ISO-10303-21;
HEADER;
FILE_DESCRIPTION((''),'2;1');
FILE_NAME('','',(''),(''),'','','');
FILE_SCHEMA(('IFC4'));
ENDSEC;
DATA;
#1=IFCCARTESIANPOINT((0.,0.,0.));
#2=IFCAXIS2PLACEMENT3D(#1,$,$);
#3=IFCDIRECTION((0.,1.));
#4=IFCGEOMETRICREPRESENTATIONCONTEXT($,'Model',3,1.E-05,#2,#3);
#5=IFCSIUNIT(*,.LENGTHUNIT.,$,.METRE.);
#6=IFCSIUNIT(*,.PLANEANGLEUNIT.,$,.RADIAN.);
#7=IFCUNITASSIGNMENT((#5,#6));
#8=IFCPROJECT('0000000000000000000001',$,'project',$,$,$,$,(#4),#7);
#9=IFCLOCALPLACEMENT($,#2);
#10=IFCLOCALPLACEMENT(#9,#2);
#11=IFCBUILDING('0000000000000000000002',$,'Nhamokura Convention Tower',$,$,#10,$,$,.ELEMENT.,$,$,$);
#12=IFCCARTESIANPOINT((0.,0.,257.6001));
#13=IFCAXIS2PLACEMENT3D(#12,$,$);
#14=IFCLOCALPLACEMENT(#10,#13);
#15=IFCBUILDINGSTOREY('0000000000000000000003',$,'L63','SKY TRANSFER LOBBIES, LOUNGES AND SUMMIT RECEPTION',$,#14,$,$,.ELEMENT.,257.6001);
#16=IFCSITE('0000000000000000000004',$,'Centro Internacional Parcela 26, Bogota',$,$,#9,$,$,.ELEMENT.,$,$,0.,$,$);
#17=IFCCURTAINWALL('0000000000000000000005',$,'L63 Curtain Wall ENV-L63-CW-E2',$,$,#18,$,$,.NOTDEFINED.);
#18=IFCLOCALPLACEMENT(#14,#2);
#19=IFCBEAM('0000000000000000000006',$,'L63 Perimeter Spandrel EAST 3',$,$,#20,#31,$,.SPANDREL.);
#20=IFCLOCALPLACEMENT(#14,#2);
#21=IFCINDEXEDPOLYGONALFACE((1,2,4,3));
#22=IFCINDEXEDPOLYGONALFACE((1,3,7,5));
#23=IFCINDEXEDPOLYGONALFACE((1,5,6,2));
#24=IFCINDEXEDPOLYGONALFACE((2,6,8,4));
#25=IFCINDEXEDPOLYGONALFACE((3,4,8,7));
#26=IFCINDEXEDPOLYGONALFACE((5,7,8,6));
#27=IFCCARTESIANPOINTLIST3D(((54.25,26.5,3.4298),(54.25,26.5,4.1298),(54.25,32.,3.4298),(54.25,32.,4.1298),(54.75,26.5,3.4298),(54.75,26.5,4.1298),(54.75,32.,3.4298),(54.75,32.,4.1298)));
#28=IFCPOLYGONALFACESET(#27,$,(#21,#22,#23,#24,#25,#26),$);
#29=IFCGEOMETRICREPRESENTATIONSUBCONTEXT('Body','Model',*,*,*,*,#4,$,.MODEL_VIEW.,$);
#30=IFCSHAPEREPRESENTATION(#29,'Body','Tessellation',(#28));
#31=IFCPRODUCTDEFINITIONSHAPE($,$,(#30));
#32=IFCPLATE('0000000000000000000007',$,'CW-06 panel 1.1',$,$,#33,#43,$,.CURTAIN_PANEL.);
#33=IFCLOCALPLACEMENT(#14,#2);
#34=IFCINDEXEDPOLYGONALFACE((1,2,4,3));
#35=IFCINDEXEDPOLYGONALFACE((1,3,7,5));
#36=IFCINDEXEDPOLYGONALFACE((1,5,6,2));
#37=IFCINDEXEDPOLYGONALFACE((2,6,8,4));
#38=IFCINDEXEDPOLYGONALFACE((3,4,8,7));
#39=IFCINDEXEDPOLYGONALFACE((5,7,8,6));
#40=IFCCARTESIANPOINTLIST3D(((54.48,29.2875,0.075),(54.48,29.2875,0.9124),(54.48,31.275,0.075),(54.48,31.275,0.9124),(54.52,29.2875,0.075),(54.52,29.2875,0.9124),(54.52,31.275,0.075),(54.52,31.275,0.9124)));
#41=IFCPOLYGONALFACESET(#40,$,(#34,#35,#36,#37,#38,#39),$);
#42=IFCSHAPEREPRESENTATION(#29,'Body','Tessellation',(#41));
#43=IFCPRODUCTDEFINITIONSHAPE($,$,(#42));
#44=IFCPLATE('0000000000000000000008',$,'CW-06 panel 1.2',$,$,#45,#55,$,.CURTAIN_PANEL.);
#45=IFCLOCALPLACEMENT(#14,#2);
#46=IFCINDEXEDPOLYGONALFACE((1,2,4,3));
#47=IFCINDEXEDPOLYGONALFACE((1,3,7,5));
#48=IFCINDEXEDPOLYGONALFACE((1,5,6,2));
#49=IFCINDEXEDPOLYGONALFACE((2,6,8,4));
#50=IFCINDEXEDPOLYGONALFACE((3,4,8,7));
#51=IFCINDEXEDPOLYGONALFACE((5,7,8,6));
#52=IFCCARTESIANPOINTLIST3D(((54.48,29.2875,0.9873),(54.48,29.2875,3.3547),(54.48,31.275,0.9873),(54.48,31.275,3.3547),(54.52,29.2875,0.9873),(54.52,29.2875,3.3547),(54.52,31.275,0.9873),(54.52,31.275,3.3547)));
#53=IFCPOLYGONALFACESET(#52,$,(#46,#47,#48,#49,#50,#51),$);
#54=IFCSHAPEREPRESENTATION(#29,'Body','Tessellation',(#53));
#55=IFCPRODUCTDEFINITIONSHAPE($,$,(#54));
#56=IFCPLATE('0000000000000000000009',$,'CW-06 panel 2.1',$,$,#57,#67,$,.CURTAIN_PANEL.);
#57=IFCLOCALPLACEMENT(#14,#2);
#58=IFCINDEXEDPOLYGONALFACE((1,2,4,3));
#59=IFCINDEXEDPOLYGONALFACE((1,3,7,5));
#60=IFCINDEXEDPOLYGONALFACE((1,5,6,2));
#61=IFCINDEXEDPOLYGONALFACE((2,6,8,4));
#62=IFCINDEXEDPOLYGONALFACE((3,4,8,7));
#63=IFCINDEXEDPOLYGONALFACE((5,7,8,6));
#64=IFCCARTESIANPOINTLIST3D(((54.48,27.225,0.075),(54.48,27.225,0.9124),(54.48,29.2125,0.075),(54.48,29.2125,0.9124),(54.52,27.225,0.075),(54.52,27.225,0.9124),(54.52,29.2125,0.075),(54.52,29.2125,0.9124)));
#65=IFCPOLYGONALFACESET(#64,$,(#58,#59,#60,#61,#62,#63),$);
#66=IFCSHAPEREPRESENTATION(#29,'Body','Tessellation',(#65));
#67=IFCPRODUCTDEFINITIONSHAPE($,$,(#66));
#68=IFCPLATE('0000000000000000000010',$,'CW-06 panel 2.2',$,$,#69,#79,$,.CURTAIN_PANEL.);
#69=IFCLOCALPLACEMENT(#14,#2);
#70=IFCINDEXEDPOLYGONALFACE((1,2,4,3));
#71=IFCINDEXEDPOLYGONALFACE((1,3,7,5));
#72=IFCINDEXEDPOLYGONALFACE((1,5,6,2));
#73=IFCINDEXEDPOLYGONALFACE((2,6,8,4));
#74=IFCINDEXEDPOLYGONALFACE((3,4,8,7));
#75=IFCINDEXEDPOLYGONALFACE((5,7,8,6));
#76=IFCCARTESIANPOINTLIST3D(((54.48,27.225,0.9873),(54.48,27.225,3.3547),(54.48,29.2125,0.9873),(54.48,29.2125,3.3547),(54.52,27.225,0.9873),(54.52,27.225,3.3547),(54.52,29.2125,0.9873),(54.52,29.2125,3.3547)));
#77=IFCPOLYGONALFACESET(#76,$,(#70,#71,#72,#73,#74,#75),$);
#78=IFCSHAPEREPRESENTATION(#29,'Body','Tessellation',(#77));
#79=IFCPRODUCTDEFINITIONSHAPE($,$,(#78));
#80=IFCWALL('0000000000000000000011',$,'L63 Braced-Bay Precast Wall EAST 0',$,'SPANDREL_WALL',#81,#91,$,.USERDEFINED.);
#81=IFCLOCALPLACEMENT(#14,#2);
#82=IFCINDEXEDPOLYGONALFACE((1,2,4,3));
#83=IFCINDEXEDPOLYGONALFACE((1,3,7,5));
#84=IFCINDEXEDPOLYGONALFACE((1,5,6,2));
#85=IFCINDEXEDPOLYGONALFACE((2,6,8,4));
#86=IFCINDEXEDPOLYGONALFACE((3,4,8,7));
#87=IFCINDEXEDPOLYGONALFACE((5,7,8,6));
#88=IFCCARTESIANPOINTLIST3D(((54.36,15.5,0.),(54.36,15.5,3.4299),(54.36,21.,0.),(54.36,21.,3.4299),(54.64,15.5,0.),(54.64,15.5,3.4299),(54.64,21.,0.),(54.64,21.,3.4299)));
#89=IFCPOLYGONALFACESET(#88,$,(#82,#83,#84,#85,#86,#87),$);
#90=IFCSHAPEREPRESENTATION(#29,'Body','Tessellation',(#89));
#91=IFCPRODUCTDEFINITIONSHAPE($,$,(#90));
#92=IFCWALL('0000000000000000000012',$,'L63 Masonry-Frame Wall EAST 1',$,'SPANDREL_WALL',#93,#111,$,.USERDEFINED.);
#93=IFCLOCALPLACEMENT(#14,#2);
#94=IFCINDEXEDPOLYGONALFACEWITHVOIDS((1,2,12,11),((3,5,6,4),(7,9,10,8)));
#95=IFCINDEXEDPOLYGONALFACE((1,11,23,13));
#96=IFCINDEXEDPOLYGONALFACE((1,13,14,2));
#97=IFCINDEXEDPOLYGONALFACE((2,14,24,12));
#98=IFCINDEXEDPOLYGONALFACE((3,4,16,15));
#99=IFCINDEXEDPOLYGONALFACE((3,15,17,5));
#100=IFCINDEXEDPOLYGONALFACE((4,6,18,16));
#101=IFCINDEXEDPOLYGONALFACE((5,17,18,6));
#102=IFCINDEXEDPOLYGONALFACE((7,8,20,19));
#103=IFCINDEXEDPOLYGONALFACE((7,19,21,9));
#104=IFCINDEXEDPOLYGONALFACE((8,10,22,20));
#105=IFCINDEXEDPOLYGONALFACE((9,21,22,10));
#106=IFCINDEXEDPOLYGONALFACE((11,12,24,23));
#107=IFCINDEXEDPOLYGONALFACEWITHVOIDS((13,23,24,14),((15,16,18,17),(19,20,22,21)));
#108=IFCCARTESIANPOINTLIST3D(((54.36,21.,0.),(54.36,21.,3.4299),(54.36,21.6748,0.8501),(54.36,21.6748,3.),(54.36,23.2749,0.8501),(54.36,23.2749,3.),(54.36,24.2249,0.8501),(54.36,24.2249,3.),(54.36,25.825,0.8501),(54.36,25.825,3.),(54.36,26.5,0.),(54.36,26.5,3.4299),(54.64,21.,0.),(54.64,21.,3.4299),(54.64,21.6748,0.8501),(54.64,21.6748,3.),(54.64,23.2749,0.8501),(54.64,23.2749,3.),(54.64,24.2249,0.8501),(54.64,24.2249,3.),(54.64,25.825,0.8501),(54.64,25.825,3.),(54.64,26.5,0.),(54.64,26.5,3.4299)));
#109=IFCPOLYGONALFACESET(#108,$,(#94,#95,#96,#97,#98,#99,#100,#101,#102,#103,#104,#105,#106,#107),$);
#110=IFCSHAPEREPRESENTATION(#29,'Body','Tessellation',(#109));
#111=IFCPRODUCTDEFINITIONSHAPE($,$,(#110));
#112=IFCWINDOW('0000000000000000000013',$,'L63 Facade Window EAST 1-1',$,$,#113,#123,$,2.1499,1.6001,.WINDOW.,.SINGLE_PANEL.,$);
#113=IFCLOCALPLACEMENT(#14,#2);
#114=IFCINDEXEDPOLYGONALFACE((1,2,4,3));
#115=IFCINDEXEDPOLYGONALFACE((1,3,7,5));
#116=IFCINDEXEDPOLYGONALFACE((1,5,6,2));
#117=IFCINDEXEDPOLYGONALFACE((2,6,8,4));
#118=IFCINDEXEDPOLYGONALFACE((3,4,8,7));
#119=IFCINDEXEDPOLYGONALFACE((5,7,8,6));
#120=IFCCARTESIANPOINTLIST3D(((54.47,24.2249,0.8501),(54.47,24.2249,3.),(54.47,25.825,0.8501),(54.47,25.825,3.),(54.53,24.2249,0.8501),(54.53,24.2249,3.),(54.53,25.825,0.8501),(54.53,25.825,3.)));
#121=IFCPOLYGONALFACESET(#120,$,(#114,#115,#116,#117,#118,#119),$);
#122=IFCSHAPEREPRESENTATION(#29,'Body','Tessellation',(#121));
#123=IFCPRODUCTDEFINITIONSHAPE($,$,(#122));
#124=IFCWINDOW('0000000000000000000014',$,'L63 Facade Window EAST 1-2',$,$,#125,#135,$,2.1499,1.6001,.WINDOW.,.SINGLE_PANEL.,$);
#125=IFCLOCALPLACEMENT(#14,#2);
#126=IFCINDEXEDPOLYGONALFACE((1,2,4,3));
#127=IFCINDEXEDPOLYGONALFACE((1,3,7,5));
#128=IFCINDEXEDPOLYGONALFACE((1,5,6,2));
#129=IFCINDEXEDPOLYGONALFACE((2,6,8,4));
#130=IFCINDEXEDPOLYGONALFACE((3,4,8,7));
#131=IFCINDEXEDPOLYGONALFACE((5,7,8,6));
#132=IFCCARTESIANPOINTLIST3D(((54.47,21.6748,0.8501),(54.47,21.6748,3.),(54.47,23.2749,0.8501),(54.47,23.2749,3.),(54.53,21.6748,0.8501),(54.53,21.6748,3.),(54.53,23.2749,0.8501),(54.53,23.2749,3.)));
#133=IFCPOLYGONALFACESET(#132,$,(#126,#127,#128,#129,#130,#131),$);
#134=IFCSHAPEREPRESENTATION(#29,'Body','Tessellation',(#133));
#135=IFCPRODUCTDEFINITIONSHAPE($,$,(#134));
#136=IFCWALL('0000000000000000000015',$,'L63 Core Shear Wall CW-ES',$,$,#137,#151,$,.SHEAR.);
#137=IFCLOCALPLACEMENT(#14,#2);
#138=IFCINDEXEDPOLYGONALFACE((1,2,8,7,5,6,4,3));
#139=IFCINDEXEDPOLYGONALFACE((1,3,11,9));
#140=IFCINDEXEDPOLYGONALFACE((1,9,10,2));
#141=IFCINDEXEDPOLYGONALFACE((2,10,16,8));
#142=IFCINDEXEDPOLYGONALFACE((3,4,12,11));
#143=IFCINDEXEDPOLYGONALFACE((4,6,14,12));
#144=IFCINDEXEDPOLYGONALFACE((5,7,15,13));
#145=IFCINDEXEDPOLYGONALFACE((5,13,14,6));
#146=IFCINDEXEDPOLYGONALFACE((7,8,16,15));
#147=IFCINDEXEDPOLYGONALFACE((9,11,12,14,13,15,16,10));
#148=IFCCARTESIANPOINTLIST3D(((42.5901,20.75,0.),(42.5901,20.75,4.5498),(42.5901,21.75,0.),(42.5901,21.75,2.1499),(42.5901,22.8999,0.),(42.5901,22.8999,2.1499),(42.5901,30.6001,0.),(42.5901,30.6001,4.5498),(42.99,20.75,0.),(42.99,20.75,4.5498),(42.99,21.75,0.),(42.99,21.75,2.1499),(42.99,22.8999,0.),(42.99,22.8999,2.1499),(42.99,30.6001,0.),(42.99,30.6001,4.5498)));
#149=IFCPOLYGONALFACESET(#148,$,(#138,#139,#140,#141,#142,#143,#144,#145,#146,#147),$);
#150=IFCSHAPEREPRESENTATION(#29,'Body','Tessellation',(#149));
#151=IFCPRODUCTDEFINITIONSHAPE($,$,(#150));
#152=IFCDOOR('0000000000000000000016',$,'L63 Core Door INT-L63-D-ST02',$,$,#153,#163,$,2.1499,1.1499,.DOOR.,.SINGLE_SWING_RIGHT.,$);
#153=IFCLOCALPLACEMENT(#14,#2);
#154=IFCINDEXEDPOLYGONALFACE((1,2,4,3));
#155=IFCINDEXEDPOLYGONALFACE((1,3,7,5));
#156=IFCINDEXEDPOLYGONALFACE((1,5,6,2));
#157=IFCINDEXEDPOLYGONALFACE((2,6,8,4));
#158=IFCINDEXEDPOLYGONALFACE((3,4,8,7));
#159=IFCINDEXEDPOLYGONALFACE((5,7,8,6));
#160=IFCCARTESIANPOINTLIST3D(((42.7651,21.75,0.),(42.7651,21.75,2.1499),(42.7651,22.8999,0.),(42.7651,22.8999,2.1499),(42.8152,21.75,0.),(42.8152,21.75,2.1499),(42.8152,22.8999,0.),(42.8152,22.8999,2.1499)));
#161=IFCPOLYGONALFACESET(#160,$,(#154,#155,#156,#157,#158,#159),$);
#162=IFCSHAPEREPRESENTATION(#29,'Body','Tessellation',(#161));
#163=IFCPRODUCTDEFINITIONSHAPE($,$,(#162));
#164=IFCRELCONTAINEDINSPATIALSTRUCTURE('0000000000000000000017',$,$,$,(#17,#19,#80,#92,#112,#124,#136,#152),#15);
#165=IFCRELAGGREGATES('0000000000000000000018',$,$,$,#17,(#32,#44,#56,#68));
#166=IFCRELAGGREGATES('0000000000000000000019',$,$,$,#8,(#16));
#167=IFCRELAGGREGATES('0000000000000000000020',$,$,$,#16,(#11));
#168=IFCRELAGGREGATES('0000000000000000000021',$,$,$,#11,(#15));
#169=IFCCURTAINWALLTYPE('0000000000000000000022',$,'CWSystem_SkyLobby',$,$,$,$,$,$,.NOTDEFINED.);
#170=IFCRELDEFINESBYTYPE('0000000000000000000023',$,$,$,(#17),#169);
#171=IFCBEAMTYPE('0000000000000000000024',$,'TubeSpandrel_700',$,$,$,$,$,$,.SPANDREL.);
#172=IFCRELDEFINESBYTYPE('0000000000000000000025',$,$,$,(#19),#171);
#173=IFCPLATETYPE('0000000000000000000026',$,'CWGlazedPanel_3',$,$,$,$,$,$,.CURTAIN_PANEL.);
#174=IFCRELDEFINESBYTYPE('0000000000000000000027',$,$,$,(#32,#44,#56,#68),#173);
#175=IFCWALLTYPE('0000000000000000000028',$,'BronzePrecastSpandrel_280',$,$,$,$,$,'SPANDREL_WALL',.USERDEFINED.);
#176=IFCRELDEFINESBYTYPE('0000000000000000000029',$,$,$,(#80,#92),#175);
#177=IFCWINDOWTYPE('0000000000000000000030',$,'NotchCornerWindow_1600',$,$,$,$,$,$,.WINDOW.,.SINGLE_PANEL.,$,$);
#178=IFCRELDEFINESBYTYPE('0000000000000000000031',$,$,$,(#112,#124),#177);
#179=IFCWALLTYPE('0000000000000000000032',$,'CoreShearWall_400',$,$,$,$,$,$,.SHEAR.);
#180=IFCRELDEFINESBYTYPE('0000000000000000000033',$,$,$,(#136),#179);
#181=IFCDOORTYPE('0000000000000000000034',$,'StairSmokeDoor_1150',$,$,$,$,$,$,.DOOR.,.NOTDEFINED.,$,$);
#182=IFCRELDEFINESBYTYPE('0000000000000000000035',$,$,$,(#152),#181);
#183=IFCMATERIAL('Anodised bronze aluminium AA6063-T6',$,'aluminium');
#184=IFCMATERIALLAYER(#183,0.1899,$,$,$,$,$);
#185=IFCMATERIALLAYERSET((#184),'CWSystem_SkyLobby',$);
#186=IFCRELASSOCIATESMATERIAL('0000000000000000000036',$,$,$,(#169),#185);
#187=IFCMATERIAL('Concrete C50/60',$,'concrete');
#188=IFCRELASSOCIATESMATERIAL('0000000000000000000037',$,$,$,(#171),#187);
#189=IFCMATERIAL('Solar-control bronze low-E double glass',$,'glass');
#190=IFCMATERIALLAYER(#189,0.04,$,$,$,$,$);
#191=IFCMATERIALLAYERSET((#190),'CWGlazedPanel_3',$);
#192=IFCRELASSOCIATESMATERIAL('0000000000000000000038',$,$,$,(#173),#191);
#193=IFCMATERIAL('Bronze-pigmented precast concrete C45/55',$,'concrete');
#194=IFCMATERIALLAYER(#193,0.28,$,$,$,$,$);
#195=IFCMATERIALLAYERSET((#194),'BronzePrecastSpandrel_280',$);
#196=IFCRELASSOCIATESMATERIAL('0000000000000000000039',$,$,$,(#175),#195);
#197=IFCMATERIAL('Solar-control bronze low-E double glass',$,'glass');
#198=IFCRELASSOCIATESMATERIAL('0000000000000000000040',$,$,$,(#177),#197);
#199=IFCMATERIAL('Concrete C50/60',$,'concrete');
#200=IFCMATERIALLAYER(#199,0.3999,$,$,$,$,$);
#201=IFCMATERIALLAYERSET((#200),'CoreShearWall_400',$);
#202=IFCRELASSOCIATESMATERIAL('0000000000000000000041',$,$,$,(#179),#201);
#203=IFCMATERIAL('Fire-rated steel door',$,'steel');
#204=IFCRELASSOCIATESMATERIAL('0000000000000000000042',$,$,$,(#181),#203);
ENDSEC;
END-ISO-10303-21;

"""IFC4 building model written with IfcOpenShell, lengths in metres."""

from ifc_helpers import new_model, si_unit, direction, frame, frame_2d, origin, origin_2d, place, context, subcontext, project, spatial, rectangle, extrude, material, layer, layer_set, material_profile, profile_set, type_object, element, fill, aggregate, save


model = new_model("IFC4")

# Units and contexts
model_context = context("Model", 3, precision=1e-05, world=origin(), true_north=direction((0.0, 1.0)))
body_context = subcontext(model_context, "Body", "Model", "MODEL_VIEW")
ifc_project = project(units=[si_unit("LENGTHUNIT", "METRE"), si_unit("PLANEANGLEUNIT", "RADIAN")], contexts=[model_context])

# Site, building, storey
site_placement = place(None, origin())
site = spatial("IfcSite", under=ifc_project, at=site_placement, Name="Centro Internacional Parcela 26, Bogota", CompositionType="ELEMENT", RefElevation=0.0)
building_placement = place(site_placement, origin())
building = spatial("IfcBuilding", under=site, at=building_placement, Name="Nhamokura Convention Tower", CompositionType="ELEMENT")
storey_placement = place(building_placement, frame((0.0, 0.0, 257.6001)))
storey = spatial("IfcBuildingStorey", under=building, at=storey_placement, Name="L63", Description="SKY TRANSFER LOBBIES, LOUNGES AND SUMMIT RECEPTION", CompositionType="ELEMENT", Elevation=257.6001)

# Curtain wall
ifc_material_1 = material(Name="Anodised bronze aluminium AA6063-T6", Category="aluminium")
ifc_layer_1 = layer(ifc_material_1, 0.1899)
ifc_layer_set_1 = layer_set([ifc_layer_1], Name="CWSystem_SkyLobby")
curtain_wall_type = type_object("IfcCurtainWallType", Name="CWSystem_SkyLobby", PredefinedType="NOTDEFINED", material=ifc_layer_set_1)
curtain_wall_placement = place(storey_placement, origin())
curtain_wall = element("IfcCurtainWall", 1, at=curtain_wall_placement, inside=storey, type_object=curtain_wall_type, Name="L63 Curtain Wall ENV-L63-CW-E2", PredefinedType="NOTDEFINED")

# Beam
ifc_material_2 = material(Name="Concrete C50/60", Category="concrete")
ifc_material_profile_1 = material_profile(ifc_material_2, rectangle(XDim=0.5, YDim=0.7, at=origin_2d()))
ifc_profile_set_1 = profile_set([ifc_material_profile_1], Name="Concrete C50/60")
beam_type_1 = type_object("IfcBeamType", Name="TubeSpandrel_700", PredefinedType="SPANDREL", material=ifc_profile_set_1)
for number, where, z_axis, x_axis, name in (
    (2, (54.5, 26.5, 3.7798), (0.0, 1.0, 0.0), (-1.0, 0.0, 0.0), "L63 Perimeter Spandrel EAST 3"),
):
    element("IfcBeam", number, at=place(storey_placement, frame(where, z_axis=z_axis, x_axis=x_axis)), inside=storey, type_object=beam_type_1, Name=name, PredefinedType="SPANDREL", context=body_context, shape_type="SweptSolid", body=[
        extrude(rectangle(XDim=0.5, YDim=0.7, at=origin_2d()), origin(), (0.0, 0.0, 1.0), 5.5),
    ])

# Plates
ifc_material_3 = material(Name="Solar-control bronze low-E double glass", Category="glass")
ifc_layer_2 = layer(ifc_material_3, 0.04)
ifc_layer_set_2 = layer_set([ifc_layer_2], Name="CWGlazedPanel_3")
plate_type = type_object("IfcPlateType", Name="CWGlazedPanel_3", PredefinedType="CURTAIN_PANEL", material=ifc_layer_set_2)
plate_1_placement = place(storey_placement, frame((54.5, 30.2812, 0.075), z_axis=(0.0, 0.0, 1.0), x_axis=(0.0, -1.0, 0.0)))
plate_1 = element("IfcPlate", 3, at=plate_1_placement, type_object=plate_type, Name="CW-06 panel 1.1", PredefinedType="CURTAIN_PANEL", context=body_context, shape_type="SweptSolid", body=[
    extrude(rectangle(XDim=1.9875, YDim=0.04, at=origin_2d()), origin(), (0.0, 0.0, 1.0), 0.8374),
])
plate_2_placement = place(storey_placement, frame((54.5, 30.2812, 0.9873), z_axis=(0.0, 0.0, 1.0), x_axis=(0.0, -1.0, 0.0)))
plate_2 = element("IfcPlate", 4, at=plate_2_placement, type_object=plate_type, Name="CW-06 panel 1.2", PredefinedType="CURTAIN_PANEL", context=body_context, shape_type="SweptSolid", body=[
    extrude(rectangle(XDim=1.9875, YDim=0.04, at=origin_2d()), origin(), (0.0, 0.0, 1.0), 2.3674),
])
plate_3_placement = place(storey_placement, frame((54.5, 28.2188, 0.075), z_axis=(0.0, 0.0, 1.0), x_axis=(0.0, -1.0, 0.0)))
plate_3 = element("IfcPlate", 5, at=plate_3_placement, type_object=plate_type, Name="CW-06 panel 2.1", PredefinedType="CURTAIN_PANEL", context=body_context, shape_type="SweptSolid", body=[
    extrude(rectangle(XDim=1.9875, YDim=0.04, at=origin_2d()), origin(), (0.0, 0.0, 1.0), 0.8374),
])
plate_4_placement = place(storey_placement, frame((54.5, 28.2188, 0.9873), z_axis=(0.0, 0.0, 1.0), x_axis=(0.0, -1.0, 0.0)))
plate_4 = element("IfcPlate", 6, at=plate_4_placement, type_object=plate_type, Name="CW-06 panel 2.2", PredefinedType="CURTAIN_PANEL", context=body_context, shape_type="SweptSolid", body=[
    extrude(rectangle(XDim=1.9875, YDim=0.04, at=origin_2d()), origin(), (0.0, 0.0, 1.0), 2.3674),
])
aggregate(curtain_wall, [plate_1, plate_2, plate_3, plate_4])

# Wall
ifc_material_4 = material(Name="Bronze-pigmented precast concrete C45/55", Category="concrete")
ifc_layer_3 = layer(ifc_material_4, 0.28)
ifc_layer_set_3 = layer_set([ifc_layer_3], Name="BronzePrecastSpandrel_280")
wall_type_1 = type_object("IfcWallType", Name="BronzePrecastSpandrel_280", ElementType="SPANDREL_WALL", PredefinedType="USERDEFINED", material=ifc_layer_set_3)
wall_1_placement = place(storey_placement, frame((54.5, 21.0, 0.0), z_axis=(0.0, 0.0, 1.0), x_axis=(0.0, -1.0, 0.0)))
element("IfcWall", 7, at=wall_1_placement, inside=storey, type_object=wall_type_1, Name="L63 Braced-Bay Precast Wall EAST 0", ObjectType="SPANDREL_WALL", PredefinedType="USERDEFINED", context=body_context, shape_type="SweptSolid", body=[
    extrude(rectangle(XDim=5.5, YDim=0.28, at=frame_2d((2.75, 0.0))), origin(), (0.0, 0.0, 1.0), 3.4299),
])

# Wall, openings, windows
wall_2_placement = place(storey_placement, frame((54.5, 26.5, 0.0), z_axis=(0.0, 0.0, 1.0), x_axis=(0.0, -1.0, 0.0)))
wall_2 = element("IfcWall", 8, at=wall_2_placement, inside=storey, type_object=wall_type_1, Name="L63 Masonry-Frame Wall EAST 1", ObjectType="SPANDREL_WALL", PredefinedType="USERDEFINED", context=body_context, shape_type="SweptSolid", body=[
    extrude(rectangle(XDim=5.5, YDim=0.28, at=frame_2d((2.75, 0.0))), origin(), (0.0, 0.0, 1.0), 3.4299),
])
opening_1_placement = place(wall_2_placement, frame((0.675, 0.0, 0.8501)))
opening_1 = element("IfcOpeningElement", 9, at=opening_1_placement, cuts=wall_2, PredefinedType="OPENING", context=body_context, shape_type="SweptSolid", body=[
    extrude(rectangle(XDim=1.6001, YDim=2.1499, at=frame_2d((0.8, 1.075))), frame((0.0, 0.1499, 0.0), z_axis=(0.0, -1.0, 0.0), x_axis=(1.0, 0.0, 0.0)), (0.0, 0.0, 1.0), 0.3),
])
opening_2_placement = place(wall_2_placement, frame((3.2251, 0.0, 0.8501)))
opening_2 = element("IfcOpeningElement", 10, at=opening_2_placement, cuts=wall_2, PredefinedType="OPENING", context=body_context, shape_type="SweptSolid", body=[
    extrude(rectangle(XDim=1.6001, YDim=2.1499, at=frame_2d((0.8, 1.075))), frame((0.0, 0.1499, 0.0), z_axis=(0.0, -1.0, 0.0), x_axis=(1.0, 0.0, 0.0)), (0.0, 0.0, 1.0), 0.3),
])
ifc_material_5 = material(Name="Solar-control bronze low-E double glass", Category="glass")
window_type = type_object("IfcWindowType", Name="NotchCornerWindow_1600", PartitioningType="SINGLE_PANEL", PredefinedType="WINDOW", material=ifc_material_5)
window_1_placement = place(opening_1_placement, origin())
window_1 = element("IfcWindow", 11, at=window_1_placement, inside=storey, type_object=window_type, Name="L63 Facade Window EAST 1-1", OverallHeight=2.1499, OverallWidth=1.6001, PartitioningType="SINGLE_PANEL", PredefinedType="WINDOW", context=body_context, shape_type="SweptSolid", body=[
    extrude(rectangle(XDim=1.6001, YDim=2.1499, at=frame_2d((0.8, 1.075))), frame((0.0, 0.03, 0.0), z_axis=(0.0, -1.0, 0.0), x_axis=(1.0, 0.0, 0.0)), (0.0, 0.0, 1.0), 0.0601),
])
fill(opening_1, window_1)
window_2_placement = place(opening_2_placement, origin())
window_2 = element("IfcWindow", 12, at=window_2_placement, inside=storey, type_object=window_type, Name="L63 Facade Window EAST 1-2", OverallHeight=2.1499, OverallWidth=1.6001, PartitioningType="SINGLE_PANEL", PredefinedType="WINDOW", context=body_context, shape_type="SweptSolid", body=[
    extrude(rectangle(XDim=1.6001, YDim=2.1499, at=frame_2d((0.8, 1.075))), frame((0.0, 0.03, 0.0), z_axis=(0.0, -1.0, 0.0), x_axis=(1.0, 0.0, 0.0)), (0.0, 0.0, 1.0), 0.0601),
])
fill(opening_2, window_2)

# Wall, opening, door
ifc_material_6 = material(Name="Concrete C50/60", Category="concrete")
ifc_layer_4 = layer(ifc_material_6, 0.3999)
ifc_layer_set_4 = layer_set([ifc_layer_4], Name="CoreShearWall_400")
wall_type_2 = type_object("IfcWallType", Name="CoreShearWall_400", PredefinedType="SHEAR", material=ifc_layer_set_4)
wall_3_placement = place(storey_placement, frame((42.79, 20.75, 0.0), z_axis=(0.0, 0.0, 1.0), x_axis=(0.0, 1.0, 0.0)))
wall_3 = element("IfcWall", 13, at=wall_3_placement, inside=storey, type_object=wall_type_2, Name="L63 Core Shear Wall CW-ES", PredefinedType="SHEAR", context=body_context, shape_type="SweptSolid", body=[
    extrude(rectangle(XDim=9.8501, YDim=0.3999, at=frame_2d((4.925, 0.0))), origin(), (0.0, 0.0, 1.0), 4.5498),
])
opening_3_placement = place(wall_3_placement, frame((1.0, 0.0, 0.0)))
opening_3 = element("IfcOpeningElement", 14, at=opening_3_placement, cuts=wall_3, PredefinedType="OPENING", context=body_context, shape_type="SweptSolid", body=[
    extrude(rectangle(XDim=1.1499, YDim=2.1499, at=frame_2d((0.575, 1.075))), frame((0.0, 0.21, 0.0), z_axis=(0.0, -1.0, 0.0), x_axis=(1.0, 0.0, 0.0)), (0.0, 0.0, 1.0), 0.4199),
])
ifc_material_7 = material(Name="Fire-rated steel door", Category="steel")
door_type_1 = type_object("IfcDoorType", Name="StairSmokeDoor_1150", OperationType="NOTDEFINED", PredefinedType="DOOR", material=ifc_material_7)
door_1_placement = place(opening_3_placement, origin())
door_1 = element("IfcDoor", 15, at=door_1_placement, inside=storey, type_object=door_type_1, Name="L63 Core Door INT-L63-D-ST02", OperationType="SINGLE_SWING_RIGHT", OverallHeight=2.1499, OverallWidth=1.1499, PredefinedType="DOOR", context=body_context, shape_type="SweptSolid", body=[
    extrude(rectangle(XDim=1.1499, YDim=2.1499, at=frame_2d((0.575, 1.075))), frame((0.0, 0.0249, 0.0), z_axis=(0.0, -1.0, 0.0), x_axis=(1.0, 0.0, 0.0)), (0.0, 0.0, 1.0), 0.05),
])
fill(opening_3, door_1)

save(model, "model.ifc")
